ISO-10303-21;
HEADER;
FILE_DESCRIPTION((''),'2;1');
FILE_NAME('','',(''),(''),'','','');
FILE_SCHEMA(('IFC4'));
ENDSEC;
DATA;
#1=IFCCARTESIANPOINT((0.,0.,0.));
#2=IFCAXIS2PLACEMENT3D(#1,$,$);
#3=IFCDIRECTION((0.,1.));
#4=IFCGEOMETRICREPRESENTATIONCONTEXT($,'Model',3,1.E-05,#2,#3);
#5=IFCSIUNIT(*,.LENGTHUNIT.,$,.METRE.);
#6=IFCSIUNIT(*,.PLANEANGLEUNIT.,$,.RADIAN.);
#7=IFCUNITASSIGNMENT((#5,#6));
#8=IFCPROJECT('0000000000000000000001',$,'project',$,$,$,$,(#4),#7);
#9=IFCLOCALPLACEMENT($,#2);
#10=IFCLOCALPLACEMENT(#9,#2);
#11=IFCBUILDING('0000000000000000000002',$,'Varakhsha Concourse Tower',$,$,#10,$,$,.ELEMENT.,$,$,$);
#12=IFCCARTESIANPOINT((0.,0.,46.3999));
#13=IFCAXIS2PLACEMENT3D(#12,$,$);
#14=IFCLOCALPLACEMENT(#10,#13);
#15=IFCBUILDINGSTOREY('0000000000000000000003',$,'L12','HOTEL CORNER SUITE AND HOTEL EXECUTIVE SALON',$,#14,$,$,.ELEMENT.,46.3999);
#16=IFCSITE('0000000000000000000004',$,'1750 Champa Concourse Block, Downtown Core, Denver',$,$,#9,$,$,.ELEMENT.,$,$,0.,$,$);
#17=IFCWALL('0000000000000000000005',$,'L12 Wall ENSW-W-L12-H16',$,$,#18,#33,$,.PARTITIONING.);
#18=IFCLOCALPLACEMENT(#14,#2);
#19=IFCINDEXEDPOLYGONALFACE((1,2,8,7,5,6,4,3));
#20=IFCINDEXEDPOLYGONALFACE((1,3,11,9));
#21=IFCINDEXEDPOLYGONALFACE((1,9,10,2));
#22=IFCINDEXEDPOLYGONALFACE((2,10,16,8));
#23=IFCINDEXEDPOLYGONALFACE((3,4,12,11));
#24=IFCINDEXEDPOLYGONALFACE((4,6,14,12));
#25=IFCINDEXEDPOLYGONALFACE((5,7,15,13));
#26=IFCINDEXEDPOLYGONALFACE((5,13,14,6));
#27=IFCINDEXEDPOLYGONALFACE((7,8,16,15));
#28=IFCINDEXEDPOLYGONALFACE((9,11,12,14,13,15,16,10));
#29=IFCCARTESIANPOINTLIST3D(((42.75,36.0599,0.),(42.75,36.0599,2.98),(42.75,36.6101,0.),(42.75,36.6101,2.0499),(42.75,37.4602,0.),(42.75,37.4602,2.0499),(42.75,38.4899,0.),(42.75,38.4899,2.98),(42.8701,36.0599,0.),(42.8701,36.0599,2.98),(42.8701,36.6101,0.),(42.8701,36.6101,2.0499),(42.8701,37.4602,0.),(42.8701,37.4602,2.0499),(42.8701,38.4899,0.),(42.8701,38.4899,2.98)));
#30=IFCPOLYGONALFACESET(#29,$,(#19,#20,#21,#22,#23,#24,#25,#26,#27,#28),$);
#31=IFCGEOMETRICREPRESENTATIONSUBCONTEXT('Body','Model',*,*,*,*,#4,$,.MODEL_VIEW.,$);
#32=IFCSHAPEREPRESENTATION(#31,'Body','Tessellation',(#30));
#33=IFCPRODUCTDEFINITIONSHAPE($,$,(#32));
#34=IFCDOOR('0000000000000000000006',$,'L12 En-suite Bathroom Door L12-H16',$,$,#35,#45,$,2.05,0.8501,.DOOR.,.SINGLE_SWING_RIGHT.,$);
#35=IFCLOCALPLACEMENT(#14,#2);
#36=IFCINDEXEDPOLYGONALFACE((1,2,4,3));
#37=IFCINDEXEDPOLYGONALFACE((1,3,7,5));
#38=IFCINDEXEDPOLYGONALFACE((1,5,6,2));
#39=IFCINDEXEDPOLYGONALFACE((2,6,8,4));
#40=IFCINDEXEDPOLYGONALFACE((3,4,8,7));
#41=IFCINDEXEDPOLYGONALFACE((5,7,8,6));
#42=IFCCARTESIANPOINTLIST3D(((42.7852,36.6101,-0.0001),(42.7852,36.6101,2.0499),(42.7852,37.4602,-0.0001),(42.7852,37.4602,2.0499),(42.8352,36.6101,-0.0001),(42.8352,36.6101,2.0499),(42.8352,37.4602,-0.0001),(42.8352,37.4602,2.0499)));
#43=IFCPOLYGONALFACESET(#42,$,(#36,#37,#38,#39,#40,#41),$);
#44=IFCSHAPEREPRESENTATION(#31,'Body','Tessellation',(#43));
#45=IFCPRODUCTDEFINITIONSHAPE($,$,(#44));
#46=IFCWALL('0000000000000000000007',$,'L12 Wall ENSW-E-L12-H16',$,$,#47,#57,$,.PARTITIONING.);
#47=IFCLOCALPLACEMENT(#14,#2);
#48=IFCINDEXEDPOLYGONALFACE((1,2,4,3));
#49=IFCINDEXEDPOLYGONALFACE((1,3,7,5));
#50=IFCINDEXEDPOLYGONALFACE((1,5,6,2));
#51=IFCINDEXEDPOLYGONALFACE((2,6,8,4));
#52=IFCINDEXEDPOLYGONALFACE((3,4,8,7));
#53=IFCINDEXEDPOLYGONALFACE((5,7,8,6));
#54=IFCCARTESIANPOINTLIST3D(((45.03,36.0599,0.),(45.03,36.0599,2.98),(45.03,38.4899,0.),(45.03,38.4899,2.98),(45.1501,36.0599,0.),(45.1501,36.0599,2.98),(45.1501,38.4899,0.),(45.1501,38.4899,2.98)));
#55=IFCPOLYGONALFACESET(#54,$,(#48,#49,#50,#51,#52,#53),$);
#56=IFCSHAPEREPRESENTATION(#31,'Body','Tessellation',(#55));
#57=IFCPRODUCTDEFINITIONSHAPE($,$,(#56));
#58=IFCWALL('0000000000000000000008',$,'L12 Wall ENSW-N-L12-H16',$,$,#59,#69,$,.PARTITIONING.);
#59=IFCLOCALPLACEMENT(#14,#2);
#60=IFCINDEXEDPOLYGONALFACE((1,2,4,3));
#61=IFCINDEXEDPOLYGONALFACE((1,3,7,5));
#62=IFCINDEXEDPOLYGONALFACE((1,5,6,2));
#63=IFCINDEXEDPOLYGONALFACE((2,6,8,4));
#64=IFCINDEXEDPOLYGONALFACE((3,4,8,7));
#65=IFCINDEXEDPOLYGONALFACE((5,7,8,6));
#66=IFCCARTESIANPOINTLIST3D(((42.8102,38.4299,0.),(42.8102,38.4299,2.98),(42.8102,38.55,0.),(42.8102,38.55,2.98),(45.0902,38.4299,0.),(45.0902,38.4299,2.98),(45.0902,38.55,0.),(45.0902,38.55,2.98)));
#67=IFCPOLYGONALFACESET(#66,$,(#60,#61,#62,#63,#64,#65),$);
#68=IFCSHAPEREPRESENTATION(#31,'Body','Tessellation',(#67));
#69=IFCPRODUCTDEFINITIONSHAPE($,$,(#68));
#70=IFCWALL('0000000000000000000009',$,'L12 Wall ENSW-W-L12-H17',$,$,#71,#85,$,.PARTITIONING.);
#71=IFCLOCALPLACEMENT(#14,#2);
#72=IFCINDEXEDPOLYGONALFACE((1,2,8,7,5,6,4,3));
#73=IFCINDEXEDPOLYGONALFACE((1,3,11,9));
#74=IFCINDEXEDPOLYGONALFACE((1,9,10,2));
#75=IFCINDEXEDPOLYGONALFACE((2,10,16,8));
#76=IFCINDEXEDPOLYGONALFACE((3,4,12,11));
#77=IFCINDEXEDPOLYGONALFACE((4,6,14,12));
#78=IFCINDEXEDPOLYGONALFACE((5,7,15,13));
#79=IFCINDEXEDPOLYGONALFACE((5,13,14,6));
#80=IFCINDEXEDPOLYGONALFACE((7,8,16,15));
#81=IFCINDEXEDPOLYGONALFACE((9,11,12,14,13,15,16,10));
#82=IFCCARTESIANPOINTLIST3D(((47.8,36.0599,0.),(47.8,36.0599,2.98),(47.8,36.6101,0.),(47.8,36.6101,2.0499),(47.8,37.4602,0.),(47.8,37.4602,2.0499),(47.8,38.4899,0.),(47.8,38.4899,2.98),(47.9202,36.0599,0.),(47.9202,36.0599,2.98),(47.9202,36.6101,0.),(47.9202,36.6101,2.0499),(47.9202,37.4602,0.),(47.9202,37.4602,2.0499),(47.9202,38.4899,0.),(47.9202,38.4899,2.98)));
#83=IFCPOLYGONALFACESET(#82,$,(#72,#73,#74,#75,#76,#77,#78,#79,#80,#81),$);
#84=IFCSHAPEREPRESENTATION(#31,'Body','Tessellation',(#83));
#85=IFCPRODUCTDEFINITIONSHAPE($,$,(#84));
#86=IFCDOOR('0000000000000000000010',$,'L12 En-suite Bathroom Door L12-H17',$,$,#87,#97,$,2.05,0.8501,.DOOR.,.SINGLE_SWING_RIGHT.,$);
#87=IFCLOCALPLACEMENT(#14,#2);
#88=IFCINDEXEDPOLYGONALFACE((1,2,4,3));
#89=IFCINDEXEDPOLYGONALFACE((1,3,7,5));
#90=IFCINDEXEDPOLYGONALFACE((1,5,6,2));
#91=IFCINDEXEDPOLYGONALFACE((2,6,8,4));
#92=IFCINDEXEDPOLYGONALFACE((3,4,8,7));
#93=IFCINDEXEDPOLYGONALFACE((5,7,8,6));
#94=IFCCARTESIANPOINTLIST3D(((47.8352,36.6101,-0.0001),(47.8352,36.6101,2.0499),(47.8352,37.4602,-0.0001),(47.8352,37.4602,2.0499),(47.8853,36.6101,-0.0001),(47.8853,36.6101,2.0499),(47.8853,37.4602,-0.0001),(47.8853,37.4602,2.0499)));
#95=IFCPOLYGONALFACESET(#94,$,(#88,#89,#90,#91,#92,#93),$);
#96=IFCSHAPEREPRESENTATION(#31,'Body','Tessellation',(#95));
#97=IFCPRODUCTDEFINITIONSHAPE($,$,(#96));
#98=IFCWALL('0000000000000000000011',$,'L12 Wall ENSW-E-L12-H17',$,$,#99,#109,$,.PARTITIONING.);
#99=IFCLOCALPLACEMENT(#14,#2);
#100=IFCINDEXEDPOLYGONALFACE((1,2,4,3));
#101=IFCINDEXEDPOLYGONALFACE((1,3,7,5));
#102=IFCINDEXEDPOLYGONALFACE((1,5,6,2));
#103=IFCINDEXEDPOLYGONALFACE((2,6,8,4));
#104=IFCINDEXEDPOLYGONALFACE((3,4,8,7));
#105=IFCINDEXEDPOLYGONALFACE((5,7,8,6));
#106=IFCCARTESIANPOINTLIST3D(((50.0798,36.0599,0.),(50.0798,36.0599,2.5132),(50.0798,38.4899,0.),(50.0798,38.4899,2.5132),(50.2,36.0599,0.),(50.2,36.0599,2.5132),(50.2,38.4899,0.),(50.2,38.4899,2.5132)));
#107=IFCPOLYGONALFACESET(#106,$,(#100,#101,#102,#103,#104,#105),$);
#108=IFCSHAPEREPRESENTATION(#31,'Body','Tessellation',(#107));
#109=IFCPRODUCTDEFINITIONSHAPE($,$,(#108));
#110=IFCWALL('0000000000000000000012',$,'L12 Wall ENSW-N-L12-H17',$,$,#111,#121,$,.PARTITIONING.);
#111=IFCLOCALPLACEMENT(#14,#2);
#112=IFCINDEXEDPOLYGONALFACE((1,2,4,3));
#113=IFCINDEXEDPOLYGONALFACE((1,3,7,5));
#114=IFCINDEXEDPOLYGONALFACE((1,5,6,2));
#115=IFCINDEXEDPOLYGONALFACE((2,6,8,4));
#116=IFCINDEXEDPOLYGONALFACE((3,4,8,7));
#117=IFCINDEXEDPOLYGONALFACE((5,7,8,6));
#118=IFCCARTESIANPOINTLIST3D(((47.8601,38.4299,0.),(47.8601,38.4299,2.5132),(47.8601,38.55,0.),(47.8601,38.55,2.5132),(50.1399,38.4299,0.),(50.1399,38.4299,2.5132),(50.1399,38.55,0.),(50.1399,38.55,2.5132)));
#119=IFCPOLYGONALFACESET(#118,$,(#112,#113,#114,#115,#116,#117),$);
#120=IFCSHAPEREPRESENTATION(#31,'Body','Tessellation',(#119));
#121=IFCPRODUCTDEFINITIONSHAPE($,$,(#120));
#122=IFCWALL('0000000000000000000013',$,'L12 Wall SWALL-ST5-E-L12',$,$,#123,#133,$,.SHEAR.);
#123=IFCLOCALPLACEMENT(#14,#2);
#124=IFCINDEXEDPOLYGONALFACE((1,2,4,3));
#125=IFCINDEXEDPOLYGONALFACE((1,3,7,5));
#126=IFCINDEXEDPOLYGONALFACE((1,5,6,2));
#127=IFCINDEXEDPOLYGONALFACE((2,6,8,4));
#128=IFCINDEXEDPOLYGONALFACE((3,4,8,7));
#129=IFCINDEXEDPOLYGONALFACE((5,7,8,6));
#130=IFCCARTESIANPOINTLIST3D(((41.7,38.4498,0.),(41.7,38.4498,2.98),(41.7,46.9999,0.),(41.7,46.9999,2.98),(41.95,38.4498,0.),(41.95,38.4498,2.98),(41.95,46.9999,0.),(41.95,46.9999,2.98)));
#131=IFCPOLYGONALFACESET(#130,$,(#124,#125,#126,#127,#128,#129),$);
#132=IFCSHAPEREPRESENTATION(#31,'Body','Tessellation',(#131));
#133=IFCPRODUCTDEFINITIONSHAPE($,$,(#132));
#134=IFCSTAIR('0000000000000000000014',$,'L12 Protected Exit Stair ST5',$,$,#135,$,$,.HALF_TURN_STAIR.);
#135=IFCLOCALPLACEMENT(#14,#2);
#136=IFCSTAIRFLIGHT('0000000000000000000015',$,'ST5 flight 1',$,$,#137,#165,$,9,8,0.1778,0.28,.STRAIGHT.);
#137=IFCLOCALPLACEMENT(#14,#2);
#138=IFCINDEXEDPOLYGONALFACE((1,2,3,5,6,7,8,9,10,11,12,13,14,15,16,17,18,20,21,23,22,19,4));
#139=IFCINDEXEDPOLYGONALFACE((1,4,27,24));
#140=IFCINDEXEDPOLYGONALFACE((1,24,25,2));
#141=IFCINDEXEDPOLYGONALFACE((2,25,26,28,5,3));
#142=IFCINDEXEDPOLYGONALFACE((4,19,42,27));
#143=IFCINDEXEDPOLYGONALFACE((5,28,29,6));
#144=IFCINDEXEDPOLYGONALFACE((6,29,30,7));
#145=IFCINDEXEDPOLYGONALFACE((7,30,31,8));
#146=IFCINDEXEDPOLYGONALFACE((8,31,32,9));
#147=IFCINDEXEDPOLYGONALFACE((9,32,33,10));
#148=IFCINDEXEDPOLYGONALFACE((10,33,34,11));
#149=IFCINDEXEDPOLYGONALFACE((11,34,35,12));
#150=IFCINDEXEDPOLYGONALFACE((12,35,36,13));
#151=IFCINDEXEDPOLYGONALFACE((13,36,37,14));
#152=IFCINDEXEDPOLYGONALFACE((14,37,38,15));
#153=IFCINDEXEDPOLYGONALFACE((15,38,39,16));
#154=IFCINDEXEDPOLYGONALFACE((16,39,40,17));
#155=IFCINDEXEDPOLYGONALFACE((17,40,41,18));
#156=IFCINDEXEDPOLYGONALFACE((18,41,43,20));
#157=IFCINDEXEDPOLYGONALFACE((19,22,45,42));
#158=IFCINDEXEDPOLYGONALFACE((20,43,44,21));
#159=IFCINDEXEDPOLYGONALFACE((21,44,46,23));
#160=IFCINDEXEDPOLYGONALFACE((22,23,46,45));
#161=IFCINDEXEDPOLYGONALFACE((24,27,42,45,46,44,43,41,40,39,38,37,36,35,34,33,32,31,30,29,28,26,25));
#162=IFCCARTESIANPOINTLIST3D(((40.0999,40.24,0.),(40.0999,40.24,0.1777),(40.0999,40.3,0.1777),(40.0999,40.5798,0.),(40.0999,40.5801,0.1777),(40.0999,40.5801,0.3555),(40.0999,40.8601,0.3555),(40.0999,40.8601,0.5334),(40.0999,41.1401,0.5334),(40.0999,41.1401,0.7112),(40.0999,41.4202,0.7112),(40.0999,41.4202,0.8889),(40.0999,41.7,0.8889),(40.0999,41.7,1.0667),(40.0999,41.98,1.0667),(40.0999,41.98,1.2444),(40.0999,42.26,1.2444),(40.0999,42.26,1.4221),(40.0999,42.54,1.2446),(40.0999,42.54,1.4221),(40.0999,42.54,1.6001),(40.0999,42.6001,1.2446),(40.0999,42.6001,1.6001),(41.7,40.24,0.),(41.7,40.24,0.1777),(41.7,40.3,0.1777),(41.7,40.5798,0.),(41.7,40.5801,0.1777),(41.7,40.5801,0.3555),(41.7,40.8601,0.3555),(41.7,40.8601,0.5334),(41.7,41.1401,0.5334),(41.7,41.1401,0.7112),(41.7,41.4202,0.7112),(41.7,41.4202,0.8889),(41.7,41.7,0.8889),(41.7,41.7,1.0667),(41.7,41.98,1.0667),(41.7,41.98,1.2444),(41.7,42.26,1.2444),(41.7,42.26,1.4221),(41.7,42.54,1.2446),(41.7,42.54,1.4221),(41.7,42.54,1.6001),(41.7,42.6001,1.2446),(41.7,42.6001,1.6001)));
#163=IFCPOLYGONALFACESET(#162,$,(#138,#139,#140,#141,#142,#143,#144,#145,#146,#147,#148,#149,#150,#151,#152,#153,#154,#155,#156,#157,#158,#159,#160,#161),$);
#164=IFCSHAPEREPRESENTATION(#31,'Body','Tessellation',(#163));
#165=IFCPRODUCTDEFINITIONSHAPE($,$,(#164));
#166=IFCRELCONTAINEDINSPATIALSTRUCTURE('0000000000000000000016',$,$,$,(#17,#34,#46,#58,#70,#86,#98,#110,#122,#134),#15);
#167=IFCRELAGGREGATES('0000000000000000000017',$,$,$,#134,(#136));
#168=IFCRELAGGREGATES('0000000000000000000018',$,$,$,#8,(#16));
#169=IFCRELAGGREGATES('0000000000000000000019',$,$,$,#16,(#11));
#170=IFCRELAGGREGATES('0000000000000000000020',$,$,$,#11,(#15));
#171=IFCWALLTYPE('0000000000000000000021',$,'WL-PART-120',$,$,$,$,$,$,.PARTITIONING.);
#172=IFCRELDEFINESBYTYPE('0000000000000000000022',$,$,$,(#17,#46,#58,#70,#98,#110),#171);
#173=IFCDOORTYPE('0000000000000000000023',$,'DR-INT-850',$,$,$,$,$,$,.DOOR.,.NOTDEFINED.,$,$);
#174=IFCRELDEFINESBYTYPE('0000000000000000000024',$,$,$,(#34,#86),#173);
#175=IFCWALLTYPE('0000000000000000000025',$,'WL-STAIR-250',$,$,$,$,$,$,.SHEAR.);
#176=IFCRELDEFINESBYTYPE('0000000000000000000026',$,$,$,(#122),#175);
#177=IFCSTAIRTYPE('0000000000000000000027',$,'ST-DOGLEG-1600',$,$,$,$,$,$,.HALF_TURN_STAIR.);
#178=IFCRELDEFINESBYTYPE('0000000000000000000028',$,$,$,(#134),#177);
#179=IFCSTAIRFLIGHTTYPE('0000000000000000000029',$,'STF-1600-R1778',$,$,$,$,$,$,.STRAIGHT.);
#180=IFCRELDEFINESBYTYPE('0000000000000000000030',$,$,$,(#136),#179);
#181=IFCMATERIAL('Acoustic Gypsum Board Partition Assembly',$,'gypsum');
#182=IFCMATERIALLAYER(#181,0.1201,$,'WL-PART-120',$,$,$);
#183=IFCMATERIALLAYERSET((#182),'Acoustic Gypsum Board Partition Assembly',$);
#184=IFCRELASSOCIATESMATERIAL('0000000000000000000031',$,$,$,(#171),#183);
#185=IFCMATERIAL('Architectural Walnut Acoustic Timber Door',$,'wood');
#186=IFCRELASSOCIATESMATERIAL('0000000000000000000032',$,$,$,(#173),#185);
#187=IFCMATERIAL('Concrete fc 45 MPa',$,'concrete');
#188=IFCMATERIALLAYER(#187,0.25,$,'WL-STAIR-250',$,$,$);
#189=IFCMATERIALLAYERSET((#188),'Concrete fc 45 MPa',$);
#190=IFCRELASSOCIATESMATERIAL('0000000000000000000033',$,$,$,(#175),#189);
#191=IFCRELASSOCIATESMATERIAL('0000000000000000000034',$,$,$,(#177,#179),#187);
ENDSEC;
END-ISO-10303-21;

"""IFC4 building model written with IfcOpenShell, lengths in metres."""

from ifc_helpers import new_model, si_unit, direction, frame, frame_2d, origin, place, context, subcontext, project, spatial, polyline, rectangle, outline, extrude, material, layer, layer_set, type_object, element, fill, aggregate, save


model = new_model("IFC4")

# Units and contexts
model_context = context("Model", 3, precision=1e-05, world=origin(), true_north=direction((0.0, 1.0)))
body_context = subcontext(model_context, "Body", "Model", "MODEL_VIEW")
ifc_project = project(units=[si_unit("LENGTHUNIT", "METRE"), si_unit("PLANEANGLEUNIT", "RADIAN")], contexts=[model_context])

# Site, building, storey
site_placement = place(None, origin())
site = spatial("IfcSite", under=ifc_project, at=site_placement, Name="1750 Champa Concourse Block, Downtown Core, Denver", CompositionType="ELEMENT", RefElevation=0.0)
building_placement = place(site_placement, origin())
building = spatial("IfcBuilding", under=site, at=building_placement, Name="Varakhsha Concourse Tower", CompositionType="ELEMENT")
storey_placement = place(building_placement, frame((0.0, 0.0, 46.3999)))
storey = spatial("IfcBuildingStorey", under=building, at=storey_placement, Name="L12", Description="HOTEL CORNER SUITE AND HOTEL EXECUTIVE SALON", CompositionType="ELEMENT", Elevation=46.3999)

# Wall, opening, door
ifc_material_1 = material(Name="Acoustic Gypsum Board Partition Assembly", Category="gypsum")
ifc_layer_1 = layer(ifc_material_1, 0.1201, Name="WL-PART-120")
ifc_layer_set_1 = layer_set([ifc_layer_1], Name="Acoustic Gypsum Board Partition Assembly")
wall_type_1 = type_object("IfcWallType", Name="WL-PART-120", PredefinedType="PARTITIONING", material=ifc_layer_set_1)
wall_1_placement = place(storey_placement, frame((42.8101, 36.0601, 0.0), z_axis=(0.0, 0.0, 1.0), x_axis=(0.0, 1.0, 0.0)))
wall_1 = element("IfcWall", 1, at=wall_1_placement, inside=storey, type_object=wall_type_1, Name="L12 Wall ENSW-W-L12-H16", PredefinedType="PARTITIONING", context=body_context, shape_type="SweptSolid", body=[
    extrude(rectangle(XDim=2.4299, YDim=0.1201, at=frame_2d((1.2148, 0.0))), origin(), (0.0, 0.0, 1.0), 2.98),
])
opening_1_placement = place(wall_1_placement, frame((0.55, 0.0, 0.0)))
opening_1 = element("IfcOpeningElement", 2, at=opening_1_placement, cuts=wall_1, PredefinedType="OPENING", context=body_context, shape_type="SweptSolid", body=[
    extrude(rectangle(XDim=0.8501, YDim=2.05, at=frame_2d((0.425, 1.0249))), frame((0.0, 0.0701, 0.0), z_axis=(0.0, -1.0, 0.0), x_axis=(1.0, 0.0, 0.0)), (0.0, 0.0, 1.0), 0.1401),
])
ifc_material_2 = material(Name="Architectural Walnut Acoustic Timber Door", Category="wood")
door_type = type_object("IfcDoorType", Name="DR-INT-850", OperationType="NOTDEFINED", PredefinedType="DOOR", material=ifc_material_2)
door_1_placement = place(opening_1_placement, origin())
door_1 = element("IfcDoor", 3, at=door_1_placement, inside=storey, type_object=door_type, Name="L12 En-suite Bathroom Door L12-H16", OperationType="SINGLE_SWING_RIGHT", OverallHeight=2.05, OverallWidth=0.8501, PredefinedType="DOOR", context=body_context, shape_type="SweptSolid", body=[
    extrude(rectangle(XDim=0.8501, YDim=2.05, at=frame_2d((0.425, 1.0249))), frame((0.0, 0.0249, 0.0), z_axis=(0.0, -1.0, 0.0), x_axis=(1.0, 0.0, 0.0)), (0.0, 0.0, 1.0), 0.05),
])
fill(opening_1, door_1)

# Walls
wall_2_placement = place(storey_placement, frame((45.0901, 36.0601, 0.0), z_axis=(0.0, 0.0, 1.0), x_axis=(0.0, 1.0, 0.0)))
element("IfcWall", 4, at=wall_2_placement, inside=storey, type_object=wall_type_1, Name="L12 Wall ENSW-E-L12-H16", PredefinedType="PARTITIONING", context=body_context, shape_type="SweptSolid", body=[
    extrude(rectangle(XDim=2.4299, YDim=0.1201, at=frame_2d((1.2148, 0.0))), origin(), (0.0, 0.0, 1.0), 2.98),
])
wall_3_placement = place(storey_placement, frame((42.8101, 38.49, 0.0), z_axis=(0.0, 0.0, 1.0), x_axis=(1.0, 0.0, 0.0)))
element("IfcWall", 5, at=wall_3_placement, inside=storey, type_object=wall_type_1, Name="L12 Wall ENSW-N-L12-H16", PredefinedType="PARTITIONING", context=body_context, shape_type="SweptSolid", body=[
    extrude(rectangle(XDim=2.28, YDim=0.1201, at=frame_2d((1.1401, 0.0))), origin(), (0.0, 0.0, 1.0), 2.98),
])

# Wall, opening, door
wall_4_placement = place(storey_placement, frame((47.8601, 36.0601, 0.0), z_axis=(0.0, 0.0, 1.0), x_axis=(0.0, 1.0, 0.0)))
wall_4 = element("IfcWall", 6, at=wall_4_placement, inside=storey, type_object=wall_type_1, Name="L12 Wall ENSW-W-L12-H17", PredefinedType="PARTITIONING", context=body_context, shape_type="SweptSolid", body=[
    extrude(rectangle(XDim=2.4299, YDim=0.1201, at=frame_2d((1.2148, 0.0))), origin(), (0.0, 0.0, 1.0), 2.98),
])
opening_2_placement = place(wall_4_placement, frame((0.55, 0.0, 0.0)))
opening_2 = element("IfcOpeningElement", 7, at=opening_2_placement, cuts=wall_4, PredefinedType="OPENING", context=body_context, shape_type="SweptSolid", body=[
    extrude(rectangle(XDim=0.8501, YDim=2.05, at=frame_2d((0.425, 1.0249))), frame((0.0, 0.0701, 0.0), z_axis=(0.0, -1.0, 0.0), x_axis=(1.0, 0.0, 0.0)), (0.0, 0.0, 1.0), 0.1401),
])
door_2_placement = place(opening_2_placement, origin())
door_2 = element("IfcDoor", 8, at=door_2_placement, inside=storey, type_object=door_type, Name="L12 En-suite Bathroom Door L12-H17", OperationType="SINGLE_SWING_RIGHT", OverallHeight=2.05, OverallWidth=0.8501, PredefinedType="DOOR", context=body_context, shape_type="SweptSolid", body=[
    extrude(rectangle(XDim=0.8501, YDim=2.05, at=frame_2d((0.425, 1.0249))), frame((0.0, 0.0249, 0.0), z_axis=(0.0, -1.0, 0.0), x_axis=(1.0, 0.0, 0.0)), (0.0, 0.0, 1.0), 0.05),
])
fill(opening_2, door_2)

# Walls
wall_5_placement = place(storey_placement, frame((50.1399, 36.0601, 0.0), z_axis=(0.0, 0.0, 1.0), x_axis=(0.0, 1.0, 0.0)))
element("IfcWall", 9, at=wall_5_placement, inside=storey, type_object=wall_type_1, Name="L12 Wall ENSW-E-L12-H17", PredefinedType="PARTITIONING", context=body_context, shape_type="SweptSolid", body=[
    extrude(rectangle(XDim=2.4299, YDim=0.1201, at=frame_2d((1.2148, 0.0))), origin(), (0.0, 0.0, 1.0), 2.5132),
])
wall_6_placement = place(storey_placement, frame((47.8601, 38.49, 0.0), z_axis=(0.0, 0.0, 1.0), x_axis=(1.0, 0.0, 0.0)))
element("IfcWall", 10, at=wall_6_placement, inside=storey, type_object=wall_type_1, Name="L12 Wall ENSW-N-L12-H17", PredefinedType="PARTITIONING", context=body_context, shape_type="SweptSolid", body=[
    extrude(rectangle(XDim=2.2798, YDim=0.1201, at=frame_2d((1.1399, 0.0))), origin(), (0.0, 0.0, 1.0), 2.5132),
])
ifc_material_3 = material(Name="Concrete fc 45 MPa", Category="concrete")
ifc_layer_2 = layer(ifc_material_3, 0.25, Name="WL-STAIR-250")
ifc_layer_set_2 = layer_set([ifc_layer_2], Name="Concrete fc 45 MPa")
wall_type_2 = type_object("IfcWallType", Name="WL-STAIR-250", PredefinedType="SHEAR", material=ifc_layer_set_2)
wall_7_placement = place(storey_placement, frame((41.825, 38.45, 0.0), z_axis=(0.0, 0.0, 1.0), x_axis=(0.0, 1.0, 0.0)))
element("IfcWall", 11, at=wall_7_placement, inside=storey, type_object=wall_type_2, Name="L12 Wall SWALL-ST5-E-L12", PredefinedType="SHEAR", context=body_context, shape_type="SweptSolid", body=[
    extrude(rectangle(XDim=8.55, YDim=0.25, at=frame_2d((4.2749, 0.0))), origin(), (0.0, 0.0, 1.0), 2.98),
])

# Stair, stair flight
stair_type = type_object("IfcStairType", Name="ST-DOGLEG-1600", PredefinedType="HALF_TURN_STAIR", material=ifc_material_3)
stair_placement = place(storey_placement, origin())
stair = element("IfcStair", 12, at=stair_placement, inside=storey, type_object=stair_type, Name="L12 Protected Exit Stair ST5", PredefinedType="HALF_TURN_STAIR")
stair_flight_type = type_object("IfcStairFlightType", Name="STF-1600-R1778", PredefinedType="STRAIGHT", material=ifc_material_3)
stair_flight_placement = place(storey_placement, frame((40.8999, 40.3, 0.0), z_axis=(0.0, 0.0, 1.0), x_axis=(0.0, 1.0, 0.0)))
stair_flight = element("IfcStairFlight", 13, at=stair_flight_placement, type_object=stair_flight_type, Name="ST5 flight 1", NumberOfRisers=9, NumberOfTreads=8, PredefinedType="STRAIGHT", RiserHeight=0.1778, TreadLength=0.28, context=body_context, shape_type="SweptSolid", body=[
    extrude(outline(polyline([(-0.0601, 0.0), (-0.0601, 0.1777), (0.0, 0.1777), (0.28, 0.1777), (0.28, 0.3555), (0.5601, 0.3555), (0.5601, 0.5334), (0.8401, 0.5334), (0.8401, 0.7112), (1.1201, 0.7112), (1.1201, 0.8889), (1.3999, 0.8889), (1.3999, 1.0667), (1.6799, 1.0667), (1.6799, 1.2444), (1.96, 1.2444), (1.96, 1.4221), (2.24, 1.4221), (2.24, 1.6001), (2.3, 1.6001), (2.3, 1.2446), (2.24, 1.2446), (0.2798, 0.0), (-0.0601, 0.0)])), frame((0.0, 0.8, 0.0), z_axis=(0.0, -1.0, 0.0), x_axis=(1.0, 0.0, 0.0)), (0.0, 0.0, 1.0), 1.6001),
])
aggregate(stair, [stair_flight])

save(model, "model.ifc")
